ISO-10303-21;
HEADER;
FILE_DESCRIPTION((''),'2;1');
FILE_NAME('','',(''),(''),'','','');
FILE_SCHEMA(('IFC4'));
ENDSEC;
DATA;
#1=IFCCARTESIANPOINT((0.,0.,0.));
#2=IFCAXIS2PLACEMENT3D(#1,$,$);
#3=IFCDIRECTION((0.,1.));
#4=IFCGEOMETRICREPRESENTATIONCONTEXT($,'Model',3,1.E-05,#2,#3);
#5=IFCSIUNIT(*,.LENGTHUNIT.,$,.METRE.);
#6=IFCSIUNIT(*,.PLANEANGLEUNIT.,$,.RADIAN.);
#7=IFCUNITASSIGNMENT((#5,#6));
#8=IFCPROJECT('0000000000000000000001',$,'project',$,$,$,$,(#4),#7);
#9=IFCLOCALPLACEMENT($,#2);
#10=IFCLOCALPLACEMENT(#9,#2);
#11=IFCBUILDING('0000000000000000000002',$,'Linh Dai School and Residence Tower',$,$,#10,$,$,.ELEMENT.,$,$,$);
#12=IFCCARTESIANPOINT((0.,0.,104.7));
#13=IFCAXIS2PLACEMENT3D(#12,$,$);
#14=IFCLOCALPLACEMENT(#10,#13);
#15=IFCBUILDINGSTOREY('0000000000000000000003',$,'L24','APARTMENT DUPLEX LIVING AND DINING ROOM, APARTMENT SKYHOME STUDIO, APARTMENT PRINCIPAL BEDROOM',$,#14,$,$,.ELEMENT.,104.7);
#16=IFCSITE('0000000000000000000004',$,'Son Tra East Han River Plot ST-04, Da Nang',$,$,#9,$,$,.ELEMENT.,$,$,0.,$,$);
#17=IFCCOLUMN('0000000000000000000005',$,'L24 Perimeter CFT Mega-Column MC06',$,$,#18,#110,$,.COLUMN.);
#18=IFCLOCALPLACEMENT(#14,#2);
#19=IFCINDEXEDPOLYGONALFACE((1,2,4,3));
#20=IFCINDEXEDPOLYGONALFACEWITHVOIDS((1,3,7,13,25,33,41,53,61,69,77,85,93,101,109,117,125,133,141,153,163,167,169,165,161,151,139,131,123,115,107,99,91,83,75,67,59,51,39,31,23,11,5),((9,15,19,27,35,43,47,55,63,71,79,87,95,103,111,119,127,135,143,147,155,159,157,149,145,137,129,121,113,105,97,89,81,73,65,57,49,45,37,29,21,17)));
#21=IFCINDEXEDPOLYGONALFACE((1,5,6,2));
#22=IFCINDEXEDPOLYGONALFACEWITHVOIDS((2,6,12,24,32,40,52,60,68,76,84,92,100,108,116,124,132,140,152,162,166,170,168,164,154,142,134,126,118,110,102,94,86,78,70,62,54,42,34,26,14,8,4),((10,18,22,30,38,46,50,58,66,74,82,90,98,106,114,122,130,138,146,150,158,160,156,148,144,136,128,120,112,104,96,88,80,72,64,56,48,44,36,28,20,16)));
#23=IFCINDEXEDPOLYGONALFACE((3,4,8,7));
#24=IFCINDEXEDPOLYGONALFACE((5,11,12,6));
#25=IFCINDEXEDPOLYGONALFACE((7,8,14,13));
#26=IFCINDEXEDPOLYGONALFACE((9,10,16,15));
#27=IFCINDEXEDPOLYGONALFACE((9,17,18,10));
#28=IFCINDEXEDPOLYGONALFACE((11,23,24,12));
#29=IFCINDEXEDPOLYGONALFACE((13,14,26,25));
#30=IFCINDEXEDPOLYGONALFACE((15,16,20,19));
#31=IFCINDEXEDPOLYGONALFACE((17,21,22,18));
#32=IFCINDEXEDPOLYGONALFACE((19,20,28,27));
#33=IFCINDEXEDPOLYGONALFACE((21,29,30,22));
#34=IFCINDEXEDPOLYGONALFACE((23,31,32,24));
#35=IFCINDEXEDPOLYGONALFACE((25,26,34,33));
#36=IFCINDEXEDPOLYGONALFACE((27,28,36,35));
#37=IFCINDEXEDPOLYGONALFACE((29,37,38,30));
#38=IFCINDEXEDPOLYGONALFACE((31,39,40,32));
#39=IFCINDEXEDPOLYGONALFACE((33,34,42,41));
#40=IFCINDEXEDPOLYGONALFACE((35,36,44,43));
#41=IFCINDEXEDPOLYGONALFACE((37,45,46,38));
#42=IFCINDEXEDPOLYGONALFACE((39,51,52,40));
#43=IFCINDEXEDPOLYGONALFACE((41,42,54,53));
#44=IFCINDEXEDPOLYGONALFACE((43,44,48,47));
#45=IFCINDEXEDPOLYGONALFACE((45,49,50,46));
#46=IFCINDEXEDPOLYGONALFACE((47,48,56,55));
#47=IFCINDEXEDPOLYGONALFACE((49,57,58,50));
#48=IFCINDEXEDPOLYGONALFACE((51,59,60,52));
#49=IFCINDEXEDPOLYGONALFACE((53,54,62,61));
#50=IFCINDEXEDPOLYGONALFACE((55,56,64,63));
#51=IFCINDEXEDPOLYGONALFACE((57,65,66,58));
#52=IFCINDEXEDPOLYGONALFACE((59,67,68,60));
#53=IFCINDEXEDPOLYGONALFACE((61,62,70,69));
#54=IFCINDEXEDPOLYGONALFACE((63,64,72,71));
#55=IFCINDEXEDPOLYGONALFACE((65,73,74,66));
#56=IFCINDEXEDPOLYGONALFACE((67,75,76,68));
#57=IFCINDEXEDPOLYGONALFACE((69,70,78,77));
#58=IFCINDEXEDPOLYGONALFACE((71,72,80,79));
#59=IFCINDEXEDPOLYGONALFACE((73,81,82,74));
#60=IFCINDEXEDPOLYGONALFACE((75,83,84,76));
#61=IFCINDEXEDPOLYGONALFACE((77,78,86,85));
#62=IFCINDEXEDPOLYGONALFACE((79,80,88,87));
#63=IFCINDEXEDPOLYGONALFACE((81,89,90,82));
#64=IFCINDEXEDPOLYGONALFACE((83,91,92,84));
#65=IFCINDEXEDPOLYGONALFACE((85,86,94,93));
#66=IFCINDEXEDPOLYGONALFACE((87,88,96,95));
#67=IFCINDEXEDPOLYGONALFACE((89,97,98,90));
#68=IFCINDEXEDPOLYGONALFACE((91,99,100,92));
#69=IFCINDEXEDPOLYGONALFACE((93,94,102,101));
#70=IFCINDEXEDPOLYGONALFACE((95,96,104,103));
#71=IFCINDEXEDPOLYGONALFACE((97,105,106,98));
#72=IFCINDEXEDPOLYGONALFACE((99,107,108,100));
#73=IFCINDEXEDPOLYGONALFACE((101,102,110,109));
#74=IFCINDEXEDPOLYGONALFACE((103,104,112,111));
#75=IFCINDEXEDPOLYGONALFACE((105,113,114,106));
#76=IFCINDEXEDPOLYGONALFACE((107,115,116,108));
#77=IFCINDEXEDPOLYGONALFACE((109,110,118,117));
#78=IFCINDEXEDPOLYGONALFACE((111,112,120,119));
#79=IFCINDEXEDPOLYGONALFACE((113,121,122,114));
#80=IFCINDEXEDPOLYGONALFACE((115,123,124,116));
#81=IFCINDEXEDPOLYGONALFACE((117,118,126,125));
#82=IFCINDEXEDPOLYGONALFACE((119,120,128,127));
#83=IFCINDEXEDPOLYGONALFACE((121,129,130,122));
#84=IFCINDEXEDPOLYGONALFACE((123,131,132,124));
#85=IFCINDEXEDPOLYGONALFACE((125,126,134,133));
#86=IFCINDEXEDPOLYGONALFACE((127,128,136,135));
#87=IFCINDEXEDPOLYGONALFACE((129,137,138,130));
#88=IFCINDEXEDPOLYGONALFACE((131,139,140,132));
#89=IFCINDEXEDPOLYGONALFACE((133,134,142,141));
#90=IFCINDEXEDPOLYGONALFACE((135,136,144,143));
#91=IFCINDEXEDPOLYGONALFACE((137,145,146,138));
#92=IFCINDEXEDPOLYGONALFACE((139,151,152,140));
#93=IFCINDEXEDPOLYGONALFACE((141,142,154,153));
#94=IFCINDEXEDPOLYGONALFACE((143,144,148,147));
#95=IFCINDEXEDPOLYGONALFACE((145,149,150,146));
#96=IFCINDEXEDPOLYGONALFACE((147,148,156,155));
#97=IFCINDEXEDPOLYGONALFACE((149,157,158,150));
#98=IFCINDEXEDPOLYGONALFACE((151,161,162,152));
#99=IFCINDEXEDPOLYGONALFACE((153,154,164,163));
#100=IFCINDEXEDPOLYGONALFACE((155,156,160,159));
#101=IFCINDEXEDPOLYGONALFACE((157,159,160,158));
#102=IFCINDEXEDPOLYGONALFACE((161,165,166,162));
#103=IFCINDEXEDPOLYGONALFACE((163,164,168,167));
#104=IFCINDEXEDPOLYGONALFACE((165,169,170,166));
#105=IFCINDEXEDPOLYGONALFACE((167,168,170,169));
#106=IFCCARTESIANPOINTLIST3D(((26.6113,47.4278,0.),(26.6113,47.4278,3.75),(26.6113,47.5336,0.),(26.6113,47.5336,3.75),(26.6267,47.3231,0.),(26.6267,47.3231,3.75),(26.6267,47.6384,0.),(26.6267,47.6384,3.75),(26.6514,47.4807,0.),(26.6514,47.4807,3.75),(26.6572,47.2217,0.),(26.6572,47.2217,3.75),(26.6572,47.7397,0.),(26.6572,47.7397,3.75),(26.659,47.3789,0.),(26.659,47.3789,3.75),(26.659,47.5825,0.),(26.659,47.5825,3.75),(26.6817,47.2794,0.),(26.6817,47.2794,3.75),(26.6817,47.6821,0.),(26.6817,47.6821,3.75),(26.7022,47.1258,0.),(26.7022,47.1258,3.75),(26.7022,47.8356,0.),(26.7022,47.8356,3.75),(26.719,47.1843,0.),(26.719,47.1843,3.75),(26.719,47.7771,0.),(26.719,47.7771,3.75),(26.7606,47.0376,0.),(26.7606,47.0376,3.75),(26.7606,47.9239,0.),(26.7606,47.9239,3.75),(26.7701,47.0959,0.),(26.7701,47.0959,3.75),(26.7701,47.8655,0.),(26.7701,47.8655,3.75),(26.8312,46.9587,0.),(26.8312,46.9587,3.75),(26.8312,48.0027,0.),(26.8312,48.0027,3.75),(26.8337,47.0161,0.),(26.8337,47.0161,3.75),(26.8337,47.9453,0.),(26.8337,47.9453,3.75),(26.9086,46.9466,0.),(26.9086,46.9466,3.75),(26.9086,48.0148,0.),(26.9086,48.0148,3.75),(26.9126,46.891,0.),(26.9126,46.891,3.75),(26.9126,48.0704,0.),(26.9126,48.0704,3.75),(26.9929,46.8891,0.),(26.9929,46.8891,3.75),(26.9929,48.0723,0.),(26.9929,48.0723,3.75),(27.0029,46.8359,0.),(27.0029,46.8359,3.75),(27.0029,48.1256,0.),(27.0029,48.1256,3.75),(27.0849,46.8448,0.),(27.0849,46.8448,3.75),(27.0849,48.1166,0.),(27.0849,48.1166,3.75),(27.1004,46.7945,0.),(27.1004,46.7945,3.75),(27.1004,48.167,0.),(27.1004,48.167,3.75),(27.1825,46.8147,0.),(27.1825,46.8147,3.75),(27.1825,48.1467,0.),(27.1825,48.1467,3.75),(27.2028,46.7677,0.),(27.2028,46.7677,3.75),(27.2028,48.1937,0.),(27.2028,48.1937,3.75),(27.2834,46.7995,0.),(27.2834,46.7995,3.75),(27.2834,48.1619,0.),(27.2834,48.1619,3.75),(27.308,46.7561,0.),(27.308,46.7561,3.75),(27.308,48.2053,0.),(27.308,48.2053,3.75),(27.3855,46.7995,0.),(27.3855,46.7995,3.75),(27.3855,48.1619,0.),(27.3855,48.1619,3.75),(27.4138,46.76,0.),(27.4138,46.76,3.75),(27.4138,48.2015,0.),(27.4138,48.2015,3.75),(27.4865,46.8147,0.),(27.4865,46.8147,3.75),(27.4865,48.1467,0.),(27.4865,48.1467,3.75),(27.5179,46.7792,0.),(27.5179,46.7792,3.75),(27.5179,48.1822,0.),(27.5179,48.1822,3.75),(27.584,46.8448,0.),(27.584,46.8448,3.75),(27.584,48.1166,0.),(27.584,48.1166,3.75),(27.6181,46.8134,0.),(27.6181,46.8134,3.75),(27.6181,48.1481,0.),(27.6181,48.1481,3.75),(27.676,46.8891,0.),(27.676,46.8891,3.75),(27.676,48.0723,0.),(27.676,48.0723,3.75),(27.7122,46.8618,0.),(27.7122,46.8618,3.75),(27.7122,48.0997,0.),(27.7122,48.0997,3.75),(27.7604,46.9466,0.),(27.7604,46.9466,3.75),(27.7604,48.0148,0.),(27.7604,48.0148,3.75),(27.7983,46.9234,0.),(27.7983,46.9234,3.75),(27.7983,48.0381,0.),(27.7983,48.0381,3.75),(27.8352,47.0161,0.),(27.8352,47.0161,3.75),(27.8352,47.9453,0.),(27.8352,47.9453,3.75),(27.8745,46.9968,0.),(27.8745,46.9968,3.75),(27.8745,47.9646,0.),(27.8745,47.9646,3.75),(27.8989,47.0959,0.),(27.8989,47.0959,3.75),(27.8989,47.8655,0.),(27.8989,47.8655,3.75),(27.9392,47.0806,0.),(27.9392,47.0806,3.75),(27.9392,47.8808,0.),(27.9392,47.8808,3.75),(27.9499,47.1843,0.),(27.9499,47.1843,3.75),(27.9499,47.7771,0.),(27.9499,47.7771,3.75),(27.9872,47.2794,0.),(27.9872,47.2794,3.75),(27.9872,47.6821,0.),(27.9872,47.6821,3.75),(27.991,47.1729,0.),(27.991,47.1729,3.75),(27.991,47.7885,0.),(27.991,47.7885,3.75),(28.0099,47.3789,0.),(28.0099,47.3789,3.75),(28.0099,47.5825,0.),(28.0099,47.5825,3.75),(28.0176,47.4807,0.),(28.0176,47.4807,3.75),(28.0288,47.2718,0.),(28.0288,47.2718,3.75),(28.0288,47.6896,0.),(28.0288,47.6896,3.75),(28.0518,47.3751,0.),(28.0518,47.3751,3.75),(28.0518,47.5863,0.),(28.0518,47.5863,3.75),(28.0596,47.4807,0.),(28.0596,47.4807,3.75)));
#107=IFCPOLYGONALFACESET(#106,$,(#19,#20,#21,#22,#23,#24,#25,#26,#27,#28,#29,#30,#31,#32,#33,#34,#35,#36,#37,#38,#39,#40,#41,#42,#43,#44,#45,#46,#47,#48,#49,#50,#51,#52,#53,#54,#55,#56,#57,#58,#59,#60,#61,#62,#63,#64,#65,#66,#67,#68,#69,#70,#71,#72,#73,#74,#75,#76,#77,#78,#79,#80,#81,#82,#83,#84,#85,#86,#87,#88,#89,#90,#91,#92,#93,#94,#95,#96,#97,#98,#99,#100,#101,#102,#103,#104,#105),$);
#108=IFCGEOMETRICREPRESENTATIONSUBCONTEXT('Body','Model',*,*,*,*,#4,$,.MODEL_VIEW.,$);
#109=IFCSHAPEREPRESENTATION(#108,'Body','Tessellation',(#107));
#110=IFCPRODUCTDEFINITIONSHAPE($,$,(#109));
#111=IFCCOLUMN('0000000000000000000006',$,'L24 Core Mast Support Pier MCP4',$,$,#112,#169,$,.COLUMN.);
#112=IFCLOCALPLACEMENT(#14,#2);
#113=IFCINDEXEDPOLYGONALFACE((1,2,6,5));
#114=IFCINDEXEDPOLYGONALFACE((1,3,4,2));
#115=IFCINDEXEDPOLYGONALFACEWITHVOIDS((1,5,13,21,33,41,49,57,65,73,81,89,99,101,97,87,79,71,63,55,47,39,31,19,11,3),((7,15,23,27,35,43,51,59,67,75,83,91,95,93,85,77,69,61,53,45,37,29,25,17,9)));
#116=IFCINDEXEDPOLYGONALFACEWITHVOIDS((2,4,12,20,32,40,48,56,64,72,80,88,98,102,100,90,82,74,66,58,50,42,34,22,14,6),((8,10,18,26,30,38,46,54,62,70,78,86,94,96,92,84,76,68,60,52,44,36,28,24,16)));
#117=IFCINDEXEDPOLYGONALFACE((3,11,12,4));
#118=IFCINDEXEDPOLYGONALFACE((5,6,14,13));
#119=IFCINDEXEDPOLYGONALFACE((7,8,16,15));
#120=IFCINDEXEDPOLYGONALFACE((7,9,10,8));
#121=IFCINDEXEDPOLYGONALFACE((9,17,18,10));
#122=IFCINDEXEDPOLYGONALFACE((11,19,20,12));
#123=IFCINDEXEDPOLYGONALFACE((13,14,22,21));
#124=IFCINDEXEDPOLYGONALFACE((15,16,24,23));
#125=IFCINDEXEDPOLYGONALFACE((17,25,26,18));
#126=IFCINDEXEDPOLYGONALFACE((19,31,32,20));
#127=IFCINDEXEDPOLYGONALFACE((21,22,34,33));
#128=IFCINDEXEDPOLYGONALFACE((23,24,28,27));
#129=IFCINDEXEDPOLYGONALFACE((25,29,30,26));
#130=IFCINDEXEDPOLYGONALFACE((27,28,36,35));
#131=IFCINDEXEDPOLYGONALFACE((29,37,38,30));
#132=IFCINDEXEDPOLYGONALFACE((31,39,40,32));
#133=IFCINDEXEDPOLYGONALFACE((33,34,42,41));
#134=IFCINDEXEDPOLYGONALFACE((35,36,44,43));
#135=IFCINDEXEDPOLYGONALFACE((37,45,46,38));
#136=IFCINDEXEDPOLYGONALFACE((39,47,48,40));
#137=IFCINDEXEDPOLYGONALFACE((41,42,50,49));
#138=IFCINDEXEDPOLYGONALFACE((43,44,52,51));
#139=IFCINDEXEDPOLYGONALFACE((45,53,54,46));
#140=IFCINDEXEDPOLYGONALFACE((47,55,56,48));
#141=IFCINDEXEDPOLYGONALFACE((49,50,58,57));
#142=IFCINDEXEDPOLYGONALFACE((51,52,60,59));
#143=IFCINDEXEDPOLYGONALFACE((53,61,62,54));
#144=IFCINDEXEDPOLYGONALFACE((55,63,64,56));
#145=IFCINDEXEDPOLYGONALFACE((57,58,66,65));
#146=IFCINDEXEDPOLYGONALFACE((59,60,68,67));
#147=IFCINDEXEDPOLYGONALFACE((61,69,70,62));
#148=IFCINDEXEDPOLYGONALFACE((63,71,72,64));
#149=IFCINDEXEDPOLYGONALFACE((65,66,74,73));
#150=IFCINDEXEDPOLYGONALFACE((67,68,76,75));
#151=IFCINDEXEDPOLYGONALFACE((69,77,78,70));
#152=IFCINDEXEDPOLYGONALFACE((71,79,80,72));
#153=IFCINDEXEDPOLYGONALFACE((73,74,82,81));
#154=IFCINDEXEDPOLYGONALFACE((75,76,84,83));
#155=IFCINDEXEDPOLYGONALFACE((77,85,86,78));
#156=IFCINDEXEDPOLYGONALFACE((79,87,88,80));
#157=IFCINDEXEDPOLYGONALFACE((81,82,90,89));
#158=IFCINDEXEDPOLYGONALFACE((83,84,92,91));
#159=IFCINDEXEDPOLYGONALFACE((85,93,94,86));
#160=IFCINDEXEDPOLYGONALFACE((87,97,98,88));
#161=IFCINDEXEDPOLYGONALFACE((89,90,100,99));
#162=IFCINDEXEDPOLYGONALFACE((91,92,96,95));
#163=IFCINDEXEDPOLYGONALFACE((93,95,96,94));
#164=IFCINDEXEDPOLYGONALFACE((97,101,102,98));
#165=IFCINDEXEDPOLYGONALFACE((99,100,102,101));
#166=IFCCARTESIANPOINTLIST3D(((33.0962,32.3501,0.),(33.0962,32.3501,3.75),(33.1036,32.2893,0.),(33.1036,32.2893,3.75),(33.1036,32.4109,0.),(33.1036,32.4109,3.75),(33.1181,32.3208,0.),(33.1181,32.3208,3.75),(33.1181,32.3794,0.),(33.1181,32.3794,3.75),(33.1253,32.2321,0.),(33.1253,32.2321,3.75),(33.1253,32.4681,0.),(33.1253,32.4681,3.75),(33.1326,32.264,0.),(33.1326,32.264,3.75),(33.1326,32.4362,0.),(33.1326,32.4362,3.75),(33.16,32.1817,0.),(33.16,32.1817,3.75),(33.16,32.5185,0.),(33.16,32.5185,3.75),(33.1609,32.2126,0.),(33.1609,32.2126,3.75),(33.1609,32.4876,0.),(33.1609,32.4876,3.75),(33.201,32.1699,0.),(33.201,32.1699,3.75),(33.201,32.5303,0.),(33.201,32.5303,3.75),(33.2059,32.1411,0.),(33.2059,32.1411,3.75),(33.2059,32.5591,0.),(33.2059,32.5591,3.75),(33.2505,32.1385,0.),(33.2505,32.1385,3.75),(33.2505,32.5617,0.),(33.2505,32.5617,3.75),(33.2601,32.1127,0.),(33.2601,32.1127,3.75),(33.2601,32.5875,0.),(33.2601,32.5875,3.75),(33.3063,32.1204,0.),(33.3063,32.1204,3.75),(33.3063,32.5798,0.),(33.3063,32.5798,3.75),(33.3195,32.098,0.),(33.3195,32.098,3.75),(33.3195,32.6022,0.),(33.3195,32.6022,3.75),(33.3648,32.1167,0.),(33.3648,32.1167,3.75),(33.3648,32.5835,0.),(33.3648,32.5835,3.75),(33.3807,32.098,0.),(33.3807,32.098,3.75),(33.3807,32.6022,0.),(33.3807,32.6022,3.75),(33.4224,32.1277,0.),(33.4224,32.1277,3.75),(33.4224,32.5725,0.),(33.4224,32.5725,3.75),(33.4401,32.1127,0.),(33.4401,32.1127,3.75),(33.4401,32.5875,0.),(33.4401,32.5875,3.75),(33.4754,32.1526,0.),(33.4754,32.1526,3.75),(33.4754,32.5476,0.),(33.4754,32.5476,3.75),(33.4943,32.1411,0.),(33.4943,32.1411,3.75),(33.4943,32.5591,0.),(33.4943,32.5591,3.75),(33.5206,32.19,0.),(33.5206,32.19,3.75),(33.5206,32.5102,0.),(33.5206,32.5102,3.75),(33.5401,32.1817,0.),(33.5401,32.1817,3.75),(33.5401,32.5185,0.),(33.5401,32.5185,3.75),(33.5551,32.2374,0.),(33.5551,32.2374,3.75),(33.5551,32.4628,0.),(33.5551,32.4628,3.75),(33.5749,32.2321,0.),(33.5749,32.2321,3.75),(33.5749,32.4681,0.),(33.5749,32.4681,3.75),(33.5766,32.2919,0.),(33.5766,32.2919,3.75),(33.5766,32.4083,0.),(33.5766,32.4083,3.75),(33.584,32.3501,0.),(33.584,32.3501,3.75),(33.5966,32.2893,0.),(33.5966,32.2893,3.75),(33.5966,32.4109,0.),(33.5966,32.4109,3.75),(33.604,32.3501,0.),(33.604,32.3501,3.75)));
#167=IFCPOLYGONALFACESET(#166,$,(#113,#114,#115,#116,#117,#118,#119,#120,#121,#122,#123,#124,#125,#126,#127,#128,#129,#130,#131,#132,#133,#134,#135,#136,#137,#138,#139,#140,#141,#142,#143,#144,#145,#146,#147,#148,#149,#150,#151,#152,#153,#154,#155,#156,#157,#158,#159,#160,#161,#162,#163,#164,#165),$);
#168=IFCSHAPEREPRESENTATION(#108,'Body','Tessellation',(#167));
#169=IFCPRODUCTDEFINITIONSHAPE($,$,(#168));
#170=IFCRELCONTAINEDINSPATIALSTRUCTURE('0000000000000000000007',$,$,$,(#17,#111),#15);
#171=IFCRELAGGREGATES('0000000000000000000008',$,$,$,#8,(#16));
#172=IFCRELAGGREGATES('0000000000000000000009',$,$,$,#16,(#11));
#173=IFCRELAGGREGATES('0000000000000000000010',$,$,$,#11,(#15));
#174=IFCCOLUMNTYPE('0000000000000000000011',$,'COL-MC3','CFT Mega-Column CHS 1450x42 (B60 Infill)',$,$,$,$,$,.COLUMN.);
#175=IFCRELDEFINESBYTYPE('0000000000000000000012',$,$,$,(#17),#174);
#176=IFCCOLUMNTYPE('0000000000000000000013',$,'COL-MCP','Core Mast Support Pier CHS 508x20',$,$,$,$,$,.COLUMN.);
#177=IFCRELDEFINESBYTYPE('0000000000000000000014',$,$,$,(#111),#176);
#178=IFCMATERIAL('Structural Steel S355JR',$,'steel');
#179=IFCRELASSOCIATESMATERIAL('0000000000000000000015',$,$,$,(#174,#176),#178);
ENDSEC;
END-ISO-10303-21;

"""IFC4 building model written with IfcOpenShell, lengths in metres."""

from ifc_helpers import new_model, si_unit, direction, frame, origin, origin_2d, place, context, subcontext, project, spatial, hollow_circle, extrude, material, material_profile, profile_set, type_object, element, save


model = new_model("IFC4")

# Units and contexts
model_context = context("Model", 3, precision=1e-05, world=origin(), true_north=direction((0.0, 1.0)))
body_context = subcontext(model_context, "Body", "Model", "MODEL_VIEW")
ifc_project = project(units=[si_unit("LENGTHUNIT", "METRE"), si_unit("PLANEANGLEUNIT", "RADIAN")], contexts=[model_context])

# Site, building, storey
site_placement = place(None, origin())
site = spatial("IfcSite", under=ifc_project, at=site_placement, Name="Son Tra East Han River Plot ST-04, Da Nang", CompositionType="ELEMENT", RefElevation=0.0)
building_placement = place(site_placement, origin())
building = spatial("IfcBuilding", under=site, at=building_placement, Name="Linh Dai School and Residence Tower", CompositionType="ELEMENT")
storey_placement = place(building_placement, frame((0.0, 0.0, 104.7)))
storey = spatial("IfcBuildingStorey", under=building, at=storey_placement, Name="L24", Description="APARTMENT DUPLEX LIVING AND DINING ROOM, APARTMENT SKYHOME STUDIO, APARTMENT PRINCIPAL BEDROOM", CompositionType="ELEMENT", Elevation=104.7)

# Columns
ifc_material_1 = material(Name="Structural Steel S355JR", Category="steel")
ifc_material_profile_1 = material_profile(ifc_material_1, hollow_circle(Radius=0.7251, WallThickness=0.042, at=origin_2d()), Name="CHS 1450x42")
ifc_profile_set_1 = profile_set([ifc_material_profile_1], Name="Structural Steel S355JR")
column_type_1 = type_object("IfcColumnType", Name="COL-MC3", Description="CFT Mega-Column CHS 1450x42 (B60 Infill)", PredefinedType="COLUMN", material=ifc_profile_set_1)
column_1_placement = place(storey_placement, frame((27.3345, 47.4807, 0.0), z_axis=(0.0, 0.0, 1.0), x_axis=(1.0, 0.0, 0.0)))
element("IfcColumn", 1, at=column_1_placement, inside=storey, type_object=column_type_1, Name="L24 Perimeter CFT Mega-Column MC06", PredefinedType="COLUMN", context=body_context, shape_type="SweptSolid", body=[
    extrude(hollow_circle(Radius=0.7251, WallThickness=0.042, at=origin_2d()), origin(), (0.0, 0.0, 1.0), 3.75),
])
ifc_material_profile_2 = material_profile(ifc_material_1, hollow_circle(Radius=0.2539, WallThickness=0.02, at=origin_2d()), Name="CHS 508x20")
ifc_profile_set_2 = profile_set([ifc_material_profile_2], Name="Structural Steel S355JR")
column_type_2 = type_object("IfcColumnType", Name="COL-MCP", Description="Core Mast Support Pier CHS 508x20", PredefinedType="COLUMN", material=ifc_profile_set_2)
column_2_placement = place(storey_placement, frame((33.3501, 32.3501, 0.0), z_axis=(0.0, 0.0, 1.0), x_axis=(1.0, 0.0, 0.0)))
element("IfcColumn", 2, at=column_2_placement, inside=storey, type_object=column_type_2, Name="L24 Core Mast Support Pier MCP4", PredefinedType="COLUMN", context=body_context, shape_type="SweptSolid", body=[
    extrude(hollow_circle(Radius=0.2539, WallThickness=0.02, at=origin_2d()), origin(), (0.0, 0.0, 1.0), 3.75),
])

save(model, "model.ifc")
